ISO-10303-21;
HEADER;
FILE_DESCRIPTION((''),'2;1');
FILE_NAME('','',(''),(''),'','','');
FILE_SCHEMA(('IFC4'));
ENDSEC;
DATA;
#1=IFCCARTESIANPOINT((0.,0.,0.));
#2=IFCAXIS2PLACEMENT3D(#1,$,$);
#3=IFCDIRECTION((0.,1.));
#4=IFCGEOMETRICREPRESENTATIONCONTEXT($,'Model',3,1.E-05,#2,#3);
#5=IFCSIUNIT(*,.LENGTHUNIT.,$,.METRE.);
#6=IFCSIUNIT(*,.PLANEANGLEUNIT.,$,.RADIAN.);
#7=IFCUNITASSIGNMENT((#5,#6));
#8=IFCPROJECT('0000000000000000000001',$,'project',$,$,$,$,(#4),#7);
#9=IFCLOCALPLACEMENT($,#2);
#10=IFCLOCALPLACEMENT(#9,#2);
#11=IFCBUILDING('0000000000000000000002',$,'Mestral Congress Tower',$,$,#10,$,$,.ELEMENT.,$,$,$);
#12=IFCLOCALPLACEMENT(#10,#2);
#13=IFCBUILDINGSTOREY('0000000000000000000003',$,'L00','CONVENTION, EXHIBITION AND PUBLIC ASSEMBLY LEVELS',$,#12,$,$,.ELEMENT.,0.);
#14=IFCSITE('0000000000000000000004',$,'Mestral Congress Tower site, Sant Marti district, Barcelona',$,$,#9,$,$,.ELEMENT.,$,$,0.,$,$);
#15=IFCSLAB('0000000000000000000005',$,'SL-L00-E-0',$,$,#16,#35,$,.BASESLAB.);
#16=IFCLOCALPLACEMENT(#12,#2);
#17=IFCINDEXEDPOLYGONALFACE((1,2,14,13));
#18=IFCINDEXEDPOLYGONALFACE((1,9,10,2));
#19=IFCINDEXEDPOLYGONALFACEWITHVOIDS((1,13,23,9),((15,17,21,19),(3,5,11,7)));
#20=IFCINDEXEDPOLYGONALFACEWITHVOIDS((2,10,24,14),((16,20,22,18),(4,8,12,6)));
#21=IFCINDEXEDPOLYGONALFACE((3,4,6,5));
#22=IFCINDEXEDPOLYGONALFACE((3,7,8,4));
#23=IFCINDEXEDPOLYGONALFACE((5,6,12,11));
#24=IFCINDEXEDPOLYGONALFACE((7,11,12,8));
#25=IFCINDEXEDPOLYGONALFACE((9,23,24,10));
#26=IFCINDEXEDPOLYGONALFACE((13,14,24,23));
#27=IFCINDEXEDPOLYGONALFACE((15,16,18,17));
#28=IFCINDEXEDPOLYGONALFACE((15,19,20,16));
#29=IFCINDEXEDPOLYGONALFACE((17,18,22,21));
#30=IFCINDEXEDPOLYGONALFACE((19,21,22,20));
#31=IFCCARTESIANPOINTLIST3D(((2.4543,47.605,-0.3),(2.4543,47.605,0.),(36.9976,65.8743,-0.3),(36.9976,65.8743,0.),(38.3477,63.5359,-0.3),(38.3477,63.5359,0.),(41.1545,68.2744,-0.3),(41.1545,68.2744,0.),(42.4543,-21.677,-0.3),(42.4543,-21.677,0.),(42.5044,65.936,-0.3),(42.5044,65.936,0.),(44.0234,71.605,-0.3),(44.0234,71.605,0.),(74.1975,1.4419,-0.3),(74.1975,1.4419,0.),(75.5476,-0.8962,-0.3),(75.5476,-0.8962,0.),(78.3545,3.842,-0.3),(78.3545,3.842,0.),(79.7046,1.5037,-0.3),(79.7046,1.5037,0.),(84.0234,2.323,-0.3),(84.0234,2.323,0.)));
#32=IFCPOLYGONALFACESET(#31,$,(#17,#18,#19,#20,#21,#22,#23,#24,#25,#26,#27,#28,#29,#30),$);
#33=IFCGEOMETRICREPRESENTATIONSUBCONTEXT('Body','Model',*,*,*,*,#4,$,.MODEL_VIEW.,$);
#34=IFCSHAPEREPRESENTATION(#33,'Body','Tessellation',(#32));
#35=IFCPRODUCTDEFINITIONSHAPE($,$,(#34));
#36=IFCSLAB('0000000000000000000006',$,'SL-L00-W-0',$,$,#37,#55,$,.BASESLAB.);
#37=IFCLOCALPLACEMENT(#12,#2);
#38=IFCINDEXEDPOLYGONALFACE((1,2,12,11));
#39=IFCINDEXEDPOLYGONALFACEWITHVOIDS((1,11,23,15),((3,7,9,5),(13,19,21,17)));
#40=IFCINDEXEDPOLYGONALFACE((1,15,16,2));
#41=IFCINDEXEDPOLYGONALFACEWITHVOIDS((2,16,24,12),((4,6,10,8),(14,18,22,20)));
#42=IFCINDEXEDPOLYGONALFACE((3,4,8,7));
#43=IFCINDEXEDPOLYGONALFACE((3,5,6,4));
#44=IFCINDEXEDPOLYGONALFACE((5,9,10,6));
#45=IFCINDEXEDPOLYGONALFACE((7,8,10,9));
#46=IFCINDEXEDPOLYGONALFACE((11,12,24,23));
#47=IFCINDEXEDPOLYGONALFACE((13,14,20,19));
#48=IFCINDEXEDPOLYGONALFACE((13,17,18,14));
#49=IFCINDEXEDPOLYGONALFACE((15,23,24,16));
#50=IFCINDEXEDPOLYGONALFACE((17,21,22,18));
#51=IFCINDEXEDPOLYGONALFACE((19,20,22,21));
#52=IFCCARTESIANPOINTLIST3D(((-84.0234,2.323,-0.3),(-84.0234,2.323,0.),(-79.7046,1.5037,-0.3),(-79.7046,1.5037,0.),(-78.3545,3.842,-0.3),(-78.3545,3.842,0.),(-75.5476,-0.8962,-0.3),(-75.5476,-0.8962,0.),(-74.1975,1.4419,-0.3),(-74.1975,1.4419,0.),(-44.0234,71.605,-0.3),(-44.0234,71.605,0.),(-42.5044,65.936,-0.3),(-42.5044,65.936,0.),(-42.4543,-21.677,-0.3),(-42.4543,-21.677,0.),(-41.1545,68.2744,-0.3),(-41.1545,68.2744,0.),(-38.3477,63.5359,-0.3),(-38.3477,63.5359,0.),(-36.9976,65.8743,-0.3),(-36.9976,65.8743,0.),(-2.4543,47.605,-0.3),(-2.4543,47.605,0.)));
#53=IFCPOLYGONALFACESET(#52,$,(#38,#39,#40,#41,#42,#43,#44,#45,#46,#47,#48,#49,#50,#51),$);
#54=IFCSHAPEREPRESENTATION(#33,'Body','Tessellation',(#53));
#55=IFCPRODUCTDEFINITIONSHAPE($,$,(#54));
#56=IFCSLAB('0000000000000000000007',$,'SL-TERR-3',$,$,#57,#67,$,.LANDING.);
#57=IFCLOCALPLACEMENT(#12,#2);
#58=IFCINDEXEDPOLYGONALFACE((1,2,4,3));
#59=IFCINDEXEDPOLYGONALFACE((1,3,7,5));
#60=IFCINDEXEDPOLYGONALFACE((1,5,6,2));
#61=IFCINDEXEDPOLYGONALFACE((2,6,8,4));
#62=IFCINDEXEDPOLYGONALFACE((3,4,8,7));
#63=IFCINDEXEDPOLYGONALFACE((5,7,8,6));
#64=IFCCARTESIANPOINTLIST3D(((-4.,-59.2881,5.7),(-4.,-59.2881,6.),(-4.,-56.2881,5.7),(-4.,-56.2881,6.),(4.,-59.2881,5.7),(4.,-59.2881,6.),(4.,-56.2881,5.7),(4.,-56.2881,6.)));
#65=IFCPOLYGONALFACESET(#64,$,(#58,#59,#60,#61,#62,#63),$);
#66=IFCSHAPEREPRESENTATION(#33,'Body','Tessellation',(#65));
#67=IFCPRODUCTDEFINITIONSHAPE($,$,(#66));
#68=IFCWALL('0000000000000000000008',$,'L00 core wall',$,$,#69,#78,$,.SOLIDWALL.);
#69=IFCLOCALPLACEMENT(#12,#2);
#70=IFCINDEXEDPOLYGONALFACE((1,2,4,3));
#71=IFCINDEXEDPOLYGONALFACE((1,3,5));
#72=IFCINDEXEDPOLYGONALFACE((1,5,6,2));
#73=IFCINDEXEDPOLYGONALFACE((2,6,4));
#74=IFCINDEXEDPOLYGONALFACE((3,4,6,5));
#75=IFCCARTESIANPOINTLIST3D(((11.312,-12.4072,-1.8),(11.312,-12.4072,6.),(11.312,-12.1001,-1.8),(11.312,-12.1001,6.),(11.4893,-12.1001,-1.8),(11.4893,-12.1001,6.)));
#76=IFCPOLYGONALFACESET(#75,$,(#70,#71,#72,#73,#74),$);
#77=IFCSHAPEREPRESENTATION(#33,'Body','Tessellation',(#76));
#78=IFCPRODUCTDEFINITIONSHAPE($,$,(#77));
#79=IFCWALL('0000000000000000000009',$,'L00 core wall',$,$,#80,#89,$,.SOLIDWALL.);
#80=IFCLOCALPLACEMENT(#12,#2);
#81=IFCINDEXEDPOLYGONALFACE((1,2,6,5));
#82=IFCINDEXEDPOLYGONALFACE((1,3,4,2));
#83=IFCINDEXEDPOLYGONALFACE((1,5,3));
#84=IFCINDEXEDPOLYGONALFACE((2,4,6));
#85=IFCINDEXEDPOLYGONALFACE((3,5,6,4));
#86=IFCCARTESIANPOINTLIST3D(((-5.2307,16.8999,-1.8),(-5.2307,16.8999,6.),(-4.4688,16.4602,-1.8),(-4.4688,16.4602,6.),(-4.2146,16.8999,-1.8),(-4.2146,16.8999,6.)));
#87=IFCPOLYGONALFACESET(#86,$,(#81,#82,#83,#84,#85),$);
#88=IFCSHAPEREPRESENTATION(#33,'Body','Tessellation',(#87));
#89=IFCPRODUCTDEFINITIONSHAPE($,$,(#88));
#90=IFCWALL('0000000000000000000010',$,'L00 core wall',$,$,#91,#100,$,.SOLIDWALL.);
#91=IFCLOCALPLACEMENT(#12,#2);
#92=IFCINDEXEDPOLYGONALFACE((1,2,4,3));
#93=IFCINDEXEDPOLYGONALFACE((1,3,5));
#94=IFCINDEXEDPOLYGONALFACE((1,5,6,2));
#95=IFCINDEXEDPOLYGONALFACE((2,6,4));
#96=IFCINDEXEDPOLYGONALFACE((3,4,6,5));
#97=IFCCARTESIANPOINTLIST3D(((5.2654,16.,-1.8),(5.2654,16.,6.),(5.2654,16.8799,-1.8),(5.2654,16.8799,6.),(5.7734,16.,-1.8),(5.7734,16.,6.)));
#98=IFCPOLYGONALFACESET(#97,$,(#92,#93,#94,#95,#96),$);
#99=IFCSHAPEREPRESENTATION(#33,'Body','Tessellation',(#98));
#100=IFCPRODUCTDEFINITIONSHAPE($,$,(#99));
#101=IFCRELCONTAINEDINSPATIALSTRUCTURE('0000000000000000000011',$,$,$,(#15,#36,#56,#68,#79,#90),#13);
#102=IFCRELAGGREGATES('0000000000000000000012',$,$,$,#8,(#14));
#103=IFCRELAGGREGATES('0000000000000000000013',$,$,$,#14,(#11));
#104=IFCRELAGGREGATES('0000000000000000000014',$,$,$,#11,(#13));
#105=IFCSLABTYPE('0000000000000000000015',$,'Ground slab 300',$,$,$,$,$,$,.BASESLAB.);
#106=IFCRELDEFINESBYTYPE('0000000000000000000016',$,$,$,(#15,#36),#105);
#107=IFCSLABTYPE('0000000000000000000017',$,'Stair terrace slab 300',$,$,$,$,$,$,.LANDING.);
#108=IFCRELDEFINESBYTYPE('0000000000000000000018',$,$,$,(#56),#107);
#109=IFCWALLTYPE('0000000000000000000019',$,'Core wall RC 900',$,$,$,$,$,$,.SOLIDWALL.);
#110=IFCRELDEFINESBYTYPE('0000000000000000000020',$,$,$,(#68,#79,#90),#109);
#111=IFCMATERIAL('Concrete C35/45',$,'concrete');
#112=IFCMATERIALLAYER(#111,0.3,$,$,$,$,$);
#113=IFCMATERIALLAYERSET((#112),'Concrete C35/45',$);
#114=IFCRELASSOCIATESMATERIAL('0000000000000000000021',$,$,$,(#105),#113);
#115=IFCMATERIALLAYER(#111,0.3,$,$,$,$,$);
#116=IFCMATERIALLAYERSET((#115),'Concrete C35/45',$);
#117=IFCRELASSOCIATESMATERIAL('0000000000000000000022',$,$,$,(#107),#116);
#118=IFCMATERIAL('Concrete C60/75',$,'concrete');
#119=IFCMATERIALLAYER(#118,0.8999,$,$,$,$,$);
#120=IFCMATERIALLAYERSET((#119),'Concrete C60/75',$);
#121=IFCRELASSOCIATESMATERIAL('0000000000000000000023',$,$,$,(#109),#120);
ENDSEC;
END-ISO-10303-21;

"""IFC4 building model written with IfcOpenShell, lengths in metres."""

from ifc_helpers import new_model, si_unit, direction, frame, origin, place, context, subcontext, project, spatial, polyline, outline, extrude, material, layer, layer_set, type_object, element, save


model = new_model("IFC4")

# Units and contexts
model_context = context("Model", 3, precision=1e-05, world=origin(), true_north=direction((0.0, 1.0)))
body_context = subcontext(model_context, "Body", "Model", "MODEL_VIEW")
ifc_project = project(units=[si_unit("LENGTHUNIT", "METRE"), si_unit("PLANEANGLEUNIT", "RADIAN")], contexts=[model_context])

# Site, building, storey
site_placement = place(None, origin())
site = spatial("IfcSite", under=ifc_project, at=site_placement, Name="Mestral Congress Tower site, Sant Marti district, Barcelona", CompositionType="ELEMENT", RefElevation=0.0)
building_placement = place(site_placement, origin())
building = spatial("IfcBuilding", under=site, at=building_placement, Name="Mestral Congress Tower", CompositionType="ELEMENT")
storey_placement = place(building_placement, origin())
storey = spatial("IfcBuildingStorey", under=building, at=storey_placement, Name="L00", Description="CONVENTION, EXHIBITION AND PUBLIC ASSEMBLY LEVELS", CompositionType="ELEMENT", Elevation=0.0)

# Shared definitions
ifc_material_1 = material(Name="Concrete C35/45", Category="concrete")

# Shared definitions
ifc_material_2 = material(Name="Concrete C60/75", Category="concrete")

# Slabs
ifc_layer_1 = layer(ifc_material_1, 0.3)
ifc_layer_set_1 = layer_set([ifc_layer_1], Name="Concrete C35/45")
slab_type_1 = type_object("IfcSlabType", Name="Ground slab 300", PredefinedType="BASESLAB", material=ifc_layer_set_1)
placement_1 = place(storey_placement, frame((0.0, 0.0, -0.3)))
element("IfcSlab", 1, at=placement_1, inside=storey, type_object=slab_type_1, Name="SL-L00-E-0", PredefinedType="BASESLAB", context=body_context, shape_type="SweptSolid", body=[
    extrude(outline(polyline([(42.4543, -21.677), (84.0234, 2.323), (44.0234, 71.605), (2.4543, 47.605), (42.4543, -21.677)]), holes=[polyline([(74.1975, 1.4419), (78.3545, 3.842), (79.7046, 1.5037), (75.5476, -0.8962), (74.1975, 1.4419)]), polyline([(36.9976, 65.8743), (41.1545, 68.2744), (42.5044, 65.936), (38.3477, 63.5359), (36.9976, 65.8743)])]), origin(), (0.0, 0.0, 1.0), 0.3),
])
element("IfcSlab", 2, at=placement_1, inside=storey, type_object=slab_type_1, Name="SL-L00-W-0", PredefinedType="BASESLAB", context=body_context, shape_type="SweptSolid", body=[
    extrude(outline(polyline([(-2.4543, 47.605), (-44.0234, 71.605), (-84.0234, 2.323), (-42.4543, -21.677), (-2.4543, 47.605)]), holes=[polyline([(-38.3477, 63.5359), (-42.5044, 65.936), (-41.1545, 68.2744), (-36.9976, 65.8743), (-38.3477, 63.5359)]), polyline([(-75.5476, -0.8962), (-79.7046, 1.5037), (-78.3545, 3.842), (-74.1975, 1.4419), (-75.5476, -0.8962)])]), origin(), (0.0, 0.0, 1.0), 0.3),
])
ifc_layer_2 = layer(ifc_material_1, 0.3)
ifc_layer_set_2 = layer_set([ifc_layer_2], Name="Concrete C35/45")
slab_type_2 = type_object("IfcSlabType", Name="Stair terrace slab 300", PredefinedType="LANDING", material=ifc_layer_set_2)
slab_1_placement = place(storey_placement, frame((0.0, 0.0, 5.7)))
element("IfcSlab", 3, at=slab_1_placement, inside=storey, type_object=slab_type_2, Name="SL-TERR-3", PredefinedType="LANDING", context=body_context, shape_type="SweptSolid", body=[
    extrude(outline(polyline([(-4.0, -59.2881), (4.0, -59.2881), (4.0, -56.2881), (-4.0, -56.2881), (-4.0, -59.2881)])), origin(), (0.0, 0.0, 1.0), 0.3),
])

# Walls
ifc_layer_3 = layer(ifc_material_2, 0.8999)
ifc_layer_set_3 = layer_set([ifc_layer_3], Name="Concrete C60/75")
wall_type = type_object("IfcWallType", Name="Core wall RC 900", PredefinedType="SOLIDWALL", material=ifc_layer_set_3)
placement_2 = place(storey_placement, frame((0.0, 0.0, -1.8)))
element("IfcWall", 4, at=placement_2, inside=storey, type_object=wall_type, Name="L00 core wall", PredefinedType="SOLIDWALL", context=body_context, shape_type="SweptSolid", body=[
    extrude(outline(polyline([(11.4893, -12.1001), (11.312, -12.4072), (11.312, -12.1001), (11.4893, -12.1001)])), origin(), (0.0, 0.0, 1.0), 7.8),
])
element("IfcWall", 5, at=placement_2, inside=storey, type_object=wall_type, Name="L00 core wall", PredefinedType="SOLIDWALL", context=body_context, shape_type="SweptSolid", body=[
    extrude(outline(polyline([(-4.2146, 16.8999), (-4.4688, 16.4602), (-5.2307, 16.8999), (-4.2146, 16.8999)])), origin(), (0.0, 0.0, 1.0), 7.8),
])
element("IfcWall", 6, at=placement_2, inside=storey, type_object=wall_type, Name="L00 core wall", PredefinedType="SOLIDWALL", context=body_context, shape_type="SweptSolid", body=[
    extrude(outline(polyline([(5.2654, 16.0), (5.2654, 16.8799), (5.7734, 16.0), (5.2654, 16.0)])), origin(), (0.0, 0.0, 1.0), 7.8),
])

save(model, "model.ifc")
